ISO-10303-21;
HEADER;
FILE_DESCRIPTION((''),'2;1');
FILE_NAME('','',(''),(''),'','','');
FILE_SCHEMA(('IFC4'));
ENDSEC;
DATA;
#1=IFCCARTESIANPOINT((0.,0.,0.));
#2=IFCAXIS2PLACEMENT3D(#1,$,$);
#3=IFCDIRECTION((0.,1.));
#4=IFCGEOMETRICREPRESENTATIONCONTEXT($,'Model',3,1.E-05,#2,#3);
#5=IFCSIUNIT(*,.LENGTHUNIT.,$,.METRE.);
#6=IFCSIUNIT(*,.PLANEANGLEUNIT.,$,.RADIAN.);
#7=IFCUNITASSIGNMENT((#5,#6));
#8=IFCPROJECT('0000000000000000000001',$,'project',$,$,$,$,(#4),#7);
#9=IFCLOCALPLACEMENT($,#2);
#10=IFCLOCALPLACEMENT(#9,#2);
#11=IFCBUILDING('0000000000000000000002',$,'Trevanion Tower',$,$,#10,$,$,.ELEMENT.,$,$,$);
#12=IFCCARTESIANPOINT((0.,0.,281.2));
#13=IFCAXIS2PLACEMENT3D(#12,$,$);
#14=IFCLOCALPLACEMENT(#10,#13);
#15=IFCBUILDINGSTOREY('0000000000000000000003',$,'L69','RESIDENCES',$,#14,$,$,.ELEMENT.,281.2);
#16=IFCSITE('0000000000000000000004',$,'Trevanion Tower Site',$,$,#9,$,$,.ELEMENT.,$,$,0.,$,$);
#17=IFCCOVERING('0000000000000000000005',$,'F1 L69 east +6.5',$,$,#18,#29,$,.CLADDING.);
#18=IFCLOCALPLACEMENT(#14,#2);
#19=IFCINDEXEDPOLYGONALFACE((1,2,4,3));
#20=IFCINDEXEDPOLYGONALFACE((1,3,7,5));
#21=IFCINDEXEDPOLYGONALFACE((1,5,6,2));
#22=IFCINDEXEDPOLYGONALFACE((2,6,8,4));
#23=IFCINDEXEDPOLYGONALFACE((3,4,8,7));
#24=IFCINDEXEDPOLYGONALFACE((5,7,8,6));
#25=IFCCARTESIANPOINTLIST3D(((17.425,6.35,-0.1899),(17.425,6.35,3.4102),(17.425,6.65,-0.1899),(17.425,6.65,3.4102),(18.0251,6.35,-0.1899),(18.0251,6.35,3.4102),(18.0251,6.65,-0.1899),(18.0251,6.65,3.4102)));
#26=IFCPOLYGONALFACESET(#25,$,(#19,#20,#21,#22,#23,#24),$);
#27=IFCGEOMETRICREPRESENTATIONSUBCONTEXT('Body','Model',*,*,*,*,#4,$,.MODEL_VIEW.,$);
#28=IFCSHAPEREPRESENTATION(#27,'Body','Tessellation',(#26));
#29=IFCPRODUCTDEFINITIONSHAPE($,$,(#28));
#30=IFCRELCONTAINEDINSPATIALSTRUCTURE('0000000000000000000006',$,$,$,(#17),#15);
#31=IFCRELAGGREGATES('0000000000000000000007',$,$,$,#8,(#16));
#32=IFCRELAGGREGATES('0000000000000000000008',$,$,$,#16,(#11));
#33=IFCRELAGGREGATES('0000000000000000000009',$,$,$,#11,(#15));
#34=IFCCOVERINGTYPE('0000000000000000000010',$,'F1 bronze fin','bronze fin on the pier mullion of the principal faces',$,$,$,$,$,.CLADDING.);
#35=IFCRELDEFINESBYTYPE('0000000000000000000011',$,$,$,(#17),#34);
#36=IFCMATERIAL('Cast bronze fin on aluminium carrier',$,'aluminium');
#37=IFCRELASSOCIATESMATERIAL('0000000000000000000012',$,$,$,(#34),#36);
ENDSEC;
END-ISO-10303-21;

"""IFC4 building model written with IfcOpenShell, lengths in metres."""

from ifc_helpers import new_model, si_unit, direction, frame, origin, origin_2d, place, context, subcontext, project, spatial, rectangle, extrude, material, type_object, element, save


model = new_model("IFC4")

# Units and contexts
model_context = context("Model", 3, precision=1e-05, world=origin(), true_north=direction((0.0, 1.0)))
body_context = subcontext(model_context, "Body", "Model", "MODEL_VIEW")
ifc_project = project(units=[si_unit("LENGTHUNIT", "METRE"), si_unit("PLANEANGLEUNIT", "RADIAN")], contexts=[model_context])

# Site, building, storey
site_placement = place(None, origin())
site = spatial("IfcSite", under=ifc_project, at=site_placement, Name="Trevanion Tower Site", CompositionType="ELEMENT", RefElevation=0.0)
building_placement = place(site_placement, origin())
building = spatial("IfcBuilding", under=site, at=building_placement, Name="Trevanion Tower", CompositionType="ELEMENT")
storey_placement = place(building_placement, frame((0.0, 0.0, 281.2)))
storey = spatial("IfcBuildingStorey", under=building, at=storey_placement, Name="L69", Description="RESIDENCES", CompositionType="ELEMENT", Elevation=281.2)

# Covering
ifc_material_1 = material(Name="Cast bronze fin on aluminium carrier", Category="aluminium")
covering_type = type_object("IfcCoveringType", Name="F1 bronze fin", Description="bronze fin on the pier mullion of the principal faces", PredefinedType="CLADDING", material=ifc_material_1)
covering_placement = place(storey_placement, frame((17.7251, 6.5, -0.1899), z_axis=(0.0, 0.0, 1.0), x_axis=(0.0, 1.0, 0.0)))
element("IfcCovering", 1, at=covering_placement, inside=storey, type_object=covering_type, Name="F1 L69 east +6.5", PredefinedType="CLADDING", context=body_context, shape_type="SweptSolid", body=[
    extrude(rectangle(XDim=0.3, YDim=0.6001, at=origin_2d()), origin(), (0.0, 0.0, 1.0), 3.6001),
])

save(model, "model.ifc")
